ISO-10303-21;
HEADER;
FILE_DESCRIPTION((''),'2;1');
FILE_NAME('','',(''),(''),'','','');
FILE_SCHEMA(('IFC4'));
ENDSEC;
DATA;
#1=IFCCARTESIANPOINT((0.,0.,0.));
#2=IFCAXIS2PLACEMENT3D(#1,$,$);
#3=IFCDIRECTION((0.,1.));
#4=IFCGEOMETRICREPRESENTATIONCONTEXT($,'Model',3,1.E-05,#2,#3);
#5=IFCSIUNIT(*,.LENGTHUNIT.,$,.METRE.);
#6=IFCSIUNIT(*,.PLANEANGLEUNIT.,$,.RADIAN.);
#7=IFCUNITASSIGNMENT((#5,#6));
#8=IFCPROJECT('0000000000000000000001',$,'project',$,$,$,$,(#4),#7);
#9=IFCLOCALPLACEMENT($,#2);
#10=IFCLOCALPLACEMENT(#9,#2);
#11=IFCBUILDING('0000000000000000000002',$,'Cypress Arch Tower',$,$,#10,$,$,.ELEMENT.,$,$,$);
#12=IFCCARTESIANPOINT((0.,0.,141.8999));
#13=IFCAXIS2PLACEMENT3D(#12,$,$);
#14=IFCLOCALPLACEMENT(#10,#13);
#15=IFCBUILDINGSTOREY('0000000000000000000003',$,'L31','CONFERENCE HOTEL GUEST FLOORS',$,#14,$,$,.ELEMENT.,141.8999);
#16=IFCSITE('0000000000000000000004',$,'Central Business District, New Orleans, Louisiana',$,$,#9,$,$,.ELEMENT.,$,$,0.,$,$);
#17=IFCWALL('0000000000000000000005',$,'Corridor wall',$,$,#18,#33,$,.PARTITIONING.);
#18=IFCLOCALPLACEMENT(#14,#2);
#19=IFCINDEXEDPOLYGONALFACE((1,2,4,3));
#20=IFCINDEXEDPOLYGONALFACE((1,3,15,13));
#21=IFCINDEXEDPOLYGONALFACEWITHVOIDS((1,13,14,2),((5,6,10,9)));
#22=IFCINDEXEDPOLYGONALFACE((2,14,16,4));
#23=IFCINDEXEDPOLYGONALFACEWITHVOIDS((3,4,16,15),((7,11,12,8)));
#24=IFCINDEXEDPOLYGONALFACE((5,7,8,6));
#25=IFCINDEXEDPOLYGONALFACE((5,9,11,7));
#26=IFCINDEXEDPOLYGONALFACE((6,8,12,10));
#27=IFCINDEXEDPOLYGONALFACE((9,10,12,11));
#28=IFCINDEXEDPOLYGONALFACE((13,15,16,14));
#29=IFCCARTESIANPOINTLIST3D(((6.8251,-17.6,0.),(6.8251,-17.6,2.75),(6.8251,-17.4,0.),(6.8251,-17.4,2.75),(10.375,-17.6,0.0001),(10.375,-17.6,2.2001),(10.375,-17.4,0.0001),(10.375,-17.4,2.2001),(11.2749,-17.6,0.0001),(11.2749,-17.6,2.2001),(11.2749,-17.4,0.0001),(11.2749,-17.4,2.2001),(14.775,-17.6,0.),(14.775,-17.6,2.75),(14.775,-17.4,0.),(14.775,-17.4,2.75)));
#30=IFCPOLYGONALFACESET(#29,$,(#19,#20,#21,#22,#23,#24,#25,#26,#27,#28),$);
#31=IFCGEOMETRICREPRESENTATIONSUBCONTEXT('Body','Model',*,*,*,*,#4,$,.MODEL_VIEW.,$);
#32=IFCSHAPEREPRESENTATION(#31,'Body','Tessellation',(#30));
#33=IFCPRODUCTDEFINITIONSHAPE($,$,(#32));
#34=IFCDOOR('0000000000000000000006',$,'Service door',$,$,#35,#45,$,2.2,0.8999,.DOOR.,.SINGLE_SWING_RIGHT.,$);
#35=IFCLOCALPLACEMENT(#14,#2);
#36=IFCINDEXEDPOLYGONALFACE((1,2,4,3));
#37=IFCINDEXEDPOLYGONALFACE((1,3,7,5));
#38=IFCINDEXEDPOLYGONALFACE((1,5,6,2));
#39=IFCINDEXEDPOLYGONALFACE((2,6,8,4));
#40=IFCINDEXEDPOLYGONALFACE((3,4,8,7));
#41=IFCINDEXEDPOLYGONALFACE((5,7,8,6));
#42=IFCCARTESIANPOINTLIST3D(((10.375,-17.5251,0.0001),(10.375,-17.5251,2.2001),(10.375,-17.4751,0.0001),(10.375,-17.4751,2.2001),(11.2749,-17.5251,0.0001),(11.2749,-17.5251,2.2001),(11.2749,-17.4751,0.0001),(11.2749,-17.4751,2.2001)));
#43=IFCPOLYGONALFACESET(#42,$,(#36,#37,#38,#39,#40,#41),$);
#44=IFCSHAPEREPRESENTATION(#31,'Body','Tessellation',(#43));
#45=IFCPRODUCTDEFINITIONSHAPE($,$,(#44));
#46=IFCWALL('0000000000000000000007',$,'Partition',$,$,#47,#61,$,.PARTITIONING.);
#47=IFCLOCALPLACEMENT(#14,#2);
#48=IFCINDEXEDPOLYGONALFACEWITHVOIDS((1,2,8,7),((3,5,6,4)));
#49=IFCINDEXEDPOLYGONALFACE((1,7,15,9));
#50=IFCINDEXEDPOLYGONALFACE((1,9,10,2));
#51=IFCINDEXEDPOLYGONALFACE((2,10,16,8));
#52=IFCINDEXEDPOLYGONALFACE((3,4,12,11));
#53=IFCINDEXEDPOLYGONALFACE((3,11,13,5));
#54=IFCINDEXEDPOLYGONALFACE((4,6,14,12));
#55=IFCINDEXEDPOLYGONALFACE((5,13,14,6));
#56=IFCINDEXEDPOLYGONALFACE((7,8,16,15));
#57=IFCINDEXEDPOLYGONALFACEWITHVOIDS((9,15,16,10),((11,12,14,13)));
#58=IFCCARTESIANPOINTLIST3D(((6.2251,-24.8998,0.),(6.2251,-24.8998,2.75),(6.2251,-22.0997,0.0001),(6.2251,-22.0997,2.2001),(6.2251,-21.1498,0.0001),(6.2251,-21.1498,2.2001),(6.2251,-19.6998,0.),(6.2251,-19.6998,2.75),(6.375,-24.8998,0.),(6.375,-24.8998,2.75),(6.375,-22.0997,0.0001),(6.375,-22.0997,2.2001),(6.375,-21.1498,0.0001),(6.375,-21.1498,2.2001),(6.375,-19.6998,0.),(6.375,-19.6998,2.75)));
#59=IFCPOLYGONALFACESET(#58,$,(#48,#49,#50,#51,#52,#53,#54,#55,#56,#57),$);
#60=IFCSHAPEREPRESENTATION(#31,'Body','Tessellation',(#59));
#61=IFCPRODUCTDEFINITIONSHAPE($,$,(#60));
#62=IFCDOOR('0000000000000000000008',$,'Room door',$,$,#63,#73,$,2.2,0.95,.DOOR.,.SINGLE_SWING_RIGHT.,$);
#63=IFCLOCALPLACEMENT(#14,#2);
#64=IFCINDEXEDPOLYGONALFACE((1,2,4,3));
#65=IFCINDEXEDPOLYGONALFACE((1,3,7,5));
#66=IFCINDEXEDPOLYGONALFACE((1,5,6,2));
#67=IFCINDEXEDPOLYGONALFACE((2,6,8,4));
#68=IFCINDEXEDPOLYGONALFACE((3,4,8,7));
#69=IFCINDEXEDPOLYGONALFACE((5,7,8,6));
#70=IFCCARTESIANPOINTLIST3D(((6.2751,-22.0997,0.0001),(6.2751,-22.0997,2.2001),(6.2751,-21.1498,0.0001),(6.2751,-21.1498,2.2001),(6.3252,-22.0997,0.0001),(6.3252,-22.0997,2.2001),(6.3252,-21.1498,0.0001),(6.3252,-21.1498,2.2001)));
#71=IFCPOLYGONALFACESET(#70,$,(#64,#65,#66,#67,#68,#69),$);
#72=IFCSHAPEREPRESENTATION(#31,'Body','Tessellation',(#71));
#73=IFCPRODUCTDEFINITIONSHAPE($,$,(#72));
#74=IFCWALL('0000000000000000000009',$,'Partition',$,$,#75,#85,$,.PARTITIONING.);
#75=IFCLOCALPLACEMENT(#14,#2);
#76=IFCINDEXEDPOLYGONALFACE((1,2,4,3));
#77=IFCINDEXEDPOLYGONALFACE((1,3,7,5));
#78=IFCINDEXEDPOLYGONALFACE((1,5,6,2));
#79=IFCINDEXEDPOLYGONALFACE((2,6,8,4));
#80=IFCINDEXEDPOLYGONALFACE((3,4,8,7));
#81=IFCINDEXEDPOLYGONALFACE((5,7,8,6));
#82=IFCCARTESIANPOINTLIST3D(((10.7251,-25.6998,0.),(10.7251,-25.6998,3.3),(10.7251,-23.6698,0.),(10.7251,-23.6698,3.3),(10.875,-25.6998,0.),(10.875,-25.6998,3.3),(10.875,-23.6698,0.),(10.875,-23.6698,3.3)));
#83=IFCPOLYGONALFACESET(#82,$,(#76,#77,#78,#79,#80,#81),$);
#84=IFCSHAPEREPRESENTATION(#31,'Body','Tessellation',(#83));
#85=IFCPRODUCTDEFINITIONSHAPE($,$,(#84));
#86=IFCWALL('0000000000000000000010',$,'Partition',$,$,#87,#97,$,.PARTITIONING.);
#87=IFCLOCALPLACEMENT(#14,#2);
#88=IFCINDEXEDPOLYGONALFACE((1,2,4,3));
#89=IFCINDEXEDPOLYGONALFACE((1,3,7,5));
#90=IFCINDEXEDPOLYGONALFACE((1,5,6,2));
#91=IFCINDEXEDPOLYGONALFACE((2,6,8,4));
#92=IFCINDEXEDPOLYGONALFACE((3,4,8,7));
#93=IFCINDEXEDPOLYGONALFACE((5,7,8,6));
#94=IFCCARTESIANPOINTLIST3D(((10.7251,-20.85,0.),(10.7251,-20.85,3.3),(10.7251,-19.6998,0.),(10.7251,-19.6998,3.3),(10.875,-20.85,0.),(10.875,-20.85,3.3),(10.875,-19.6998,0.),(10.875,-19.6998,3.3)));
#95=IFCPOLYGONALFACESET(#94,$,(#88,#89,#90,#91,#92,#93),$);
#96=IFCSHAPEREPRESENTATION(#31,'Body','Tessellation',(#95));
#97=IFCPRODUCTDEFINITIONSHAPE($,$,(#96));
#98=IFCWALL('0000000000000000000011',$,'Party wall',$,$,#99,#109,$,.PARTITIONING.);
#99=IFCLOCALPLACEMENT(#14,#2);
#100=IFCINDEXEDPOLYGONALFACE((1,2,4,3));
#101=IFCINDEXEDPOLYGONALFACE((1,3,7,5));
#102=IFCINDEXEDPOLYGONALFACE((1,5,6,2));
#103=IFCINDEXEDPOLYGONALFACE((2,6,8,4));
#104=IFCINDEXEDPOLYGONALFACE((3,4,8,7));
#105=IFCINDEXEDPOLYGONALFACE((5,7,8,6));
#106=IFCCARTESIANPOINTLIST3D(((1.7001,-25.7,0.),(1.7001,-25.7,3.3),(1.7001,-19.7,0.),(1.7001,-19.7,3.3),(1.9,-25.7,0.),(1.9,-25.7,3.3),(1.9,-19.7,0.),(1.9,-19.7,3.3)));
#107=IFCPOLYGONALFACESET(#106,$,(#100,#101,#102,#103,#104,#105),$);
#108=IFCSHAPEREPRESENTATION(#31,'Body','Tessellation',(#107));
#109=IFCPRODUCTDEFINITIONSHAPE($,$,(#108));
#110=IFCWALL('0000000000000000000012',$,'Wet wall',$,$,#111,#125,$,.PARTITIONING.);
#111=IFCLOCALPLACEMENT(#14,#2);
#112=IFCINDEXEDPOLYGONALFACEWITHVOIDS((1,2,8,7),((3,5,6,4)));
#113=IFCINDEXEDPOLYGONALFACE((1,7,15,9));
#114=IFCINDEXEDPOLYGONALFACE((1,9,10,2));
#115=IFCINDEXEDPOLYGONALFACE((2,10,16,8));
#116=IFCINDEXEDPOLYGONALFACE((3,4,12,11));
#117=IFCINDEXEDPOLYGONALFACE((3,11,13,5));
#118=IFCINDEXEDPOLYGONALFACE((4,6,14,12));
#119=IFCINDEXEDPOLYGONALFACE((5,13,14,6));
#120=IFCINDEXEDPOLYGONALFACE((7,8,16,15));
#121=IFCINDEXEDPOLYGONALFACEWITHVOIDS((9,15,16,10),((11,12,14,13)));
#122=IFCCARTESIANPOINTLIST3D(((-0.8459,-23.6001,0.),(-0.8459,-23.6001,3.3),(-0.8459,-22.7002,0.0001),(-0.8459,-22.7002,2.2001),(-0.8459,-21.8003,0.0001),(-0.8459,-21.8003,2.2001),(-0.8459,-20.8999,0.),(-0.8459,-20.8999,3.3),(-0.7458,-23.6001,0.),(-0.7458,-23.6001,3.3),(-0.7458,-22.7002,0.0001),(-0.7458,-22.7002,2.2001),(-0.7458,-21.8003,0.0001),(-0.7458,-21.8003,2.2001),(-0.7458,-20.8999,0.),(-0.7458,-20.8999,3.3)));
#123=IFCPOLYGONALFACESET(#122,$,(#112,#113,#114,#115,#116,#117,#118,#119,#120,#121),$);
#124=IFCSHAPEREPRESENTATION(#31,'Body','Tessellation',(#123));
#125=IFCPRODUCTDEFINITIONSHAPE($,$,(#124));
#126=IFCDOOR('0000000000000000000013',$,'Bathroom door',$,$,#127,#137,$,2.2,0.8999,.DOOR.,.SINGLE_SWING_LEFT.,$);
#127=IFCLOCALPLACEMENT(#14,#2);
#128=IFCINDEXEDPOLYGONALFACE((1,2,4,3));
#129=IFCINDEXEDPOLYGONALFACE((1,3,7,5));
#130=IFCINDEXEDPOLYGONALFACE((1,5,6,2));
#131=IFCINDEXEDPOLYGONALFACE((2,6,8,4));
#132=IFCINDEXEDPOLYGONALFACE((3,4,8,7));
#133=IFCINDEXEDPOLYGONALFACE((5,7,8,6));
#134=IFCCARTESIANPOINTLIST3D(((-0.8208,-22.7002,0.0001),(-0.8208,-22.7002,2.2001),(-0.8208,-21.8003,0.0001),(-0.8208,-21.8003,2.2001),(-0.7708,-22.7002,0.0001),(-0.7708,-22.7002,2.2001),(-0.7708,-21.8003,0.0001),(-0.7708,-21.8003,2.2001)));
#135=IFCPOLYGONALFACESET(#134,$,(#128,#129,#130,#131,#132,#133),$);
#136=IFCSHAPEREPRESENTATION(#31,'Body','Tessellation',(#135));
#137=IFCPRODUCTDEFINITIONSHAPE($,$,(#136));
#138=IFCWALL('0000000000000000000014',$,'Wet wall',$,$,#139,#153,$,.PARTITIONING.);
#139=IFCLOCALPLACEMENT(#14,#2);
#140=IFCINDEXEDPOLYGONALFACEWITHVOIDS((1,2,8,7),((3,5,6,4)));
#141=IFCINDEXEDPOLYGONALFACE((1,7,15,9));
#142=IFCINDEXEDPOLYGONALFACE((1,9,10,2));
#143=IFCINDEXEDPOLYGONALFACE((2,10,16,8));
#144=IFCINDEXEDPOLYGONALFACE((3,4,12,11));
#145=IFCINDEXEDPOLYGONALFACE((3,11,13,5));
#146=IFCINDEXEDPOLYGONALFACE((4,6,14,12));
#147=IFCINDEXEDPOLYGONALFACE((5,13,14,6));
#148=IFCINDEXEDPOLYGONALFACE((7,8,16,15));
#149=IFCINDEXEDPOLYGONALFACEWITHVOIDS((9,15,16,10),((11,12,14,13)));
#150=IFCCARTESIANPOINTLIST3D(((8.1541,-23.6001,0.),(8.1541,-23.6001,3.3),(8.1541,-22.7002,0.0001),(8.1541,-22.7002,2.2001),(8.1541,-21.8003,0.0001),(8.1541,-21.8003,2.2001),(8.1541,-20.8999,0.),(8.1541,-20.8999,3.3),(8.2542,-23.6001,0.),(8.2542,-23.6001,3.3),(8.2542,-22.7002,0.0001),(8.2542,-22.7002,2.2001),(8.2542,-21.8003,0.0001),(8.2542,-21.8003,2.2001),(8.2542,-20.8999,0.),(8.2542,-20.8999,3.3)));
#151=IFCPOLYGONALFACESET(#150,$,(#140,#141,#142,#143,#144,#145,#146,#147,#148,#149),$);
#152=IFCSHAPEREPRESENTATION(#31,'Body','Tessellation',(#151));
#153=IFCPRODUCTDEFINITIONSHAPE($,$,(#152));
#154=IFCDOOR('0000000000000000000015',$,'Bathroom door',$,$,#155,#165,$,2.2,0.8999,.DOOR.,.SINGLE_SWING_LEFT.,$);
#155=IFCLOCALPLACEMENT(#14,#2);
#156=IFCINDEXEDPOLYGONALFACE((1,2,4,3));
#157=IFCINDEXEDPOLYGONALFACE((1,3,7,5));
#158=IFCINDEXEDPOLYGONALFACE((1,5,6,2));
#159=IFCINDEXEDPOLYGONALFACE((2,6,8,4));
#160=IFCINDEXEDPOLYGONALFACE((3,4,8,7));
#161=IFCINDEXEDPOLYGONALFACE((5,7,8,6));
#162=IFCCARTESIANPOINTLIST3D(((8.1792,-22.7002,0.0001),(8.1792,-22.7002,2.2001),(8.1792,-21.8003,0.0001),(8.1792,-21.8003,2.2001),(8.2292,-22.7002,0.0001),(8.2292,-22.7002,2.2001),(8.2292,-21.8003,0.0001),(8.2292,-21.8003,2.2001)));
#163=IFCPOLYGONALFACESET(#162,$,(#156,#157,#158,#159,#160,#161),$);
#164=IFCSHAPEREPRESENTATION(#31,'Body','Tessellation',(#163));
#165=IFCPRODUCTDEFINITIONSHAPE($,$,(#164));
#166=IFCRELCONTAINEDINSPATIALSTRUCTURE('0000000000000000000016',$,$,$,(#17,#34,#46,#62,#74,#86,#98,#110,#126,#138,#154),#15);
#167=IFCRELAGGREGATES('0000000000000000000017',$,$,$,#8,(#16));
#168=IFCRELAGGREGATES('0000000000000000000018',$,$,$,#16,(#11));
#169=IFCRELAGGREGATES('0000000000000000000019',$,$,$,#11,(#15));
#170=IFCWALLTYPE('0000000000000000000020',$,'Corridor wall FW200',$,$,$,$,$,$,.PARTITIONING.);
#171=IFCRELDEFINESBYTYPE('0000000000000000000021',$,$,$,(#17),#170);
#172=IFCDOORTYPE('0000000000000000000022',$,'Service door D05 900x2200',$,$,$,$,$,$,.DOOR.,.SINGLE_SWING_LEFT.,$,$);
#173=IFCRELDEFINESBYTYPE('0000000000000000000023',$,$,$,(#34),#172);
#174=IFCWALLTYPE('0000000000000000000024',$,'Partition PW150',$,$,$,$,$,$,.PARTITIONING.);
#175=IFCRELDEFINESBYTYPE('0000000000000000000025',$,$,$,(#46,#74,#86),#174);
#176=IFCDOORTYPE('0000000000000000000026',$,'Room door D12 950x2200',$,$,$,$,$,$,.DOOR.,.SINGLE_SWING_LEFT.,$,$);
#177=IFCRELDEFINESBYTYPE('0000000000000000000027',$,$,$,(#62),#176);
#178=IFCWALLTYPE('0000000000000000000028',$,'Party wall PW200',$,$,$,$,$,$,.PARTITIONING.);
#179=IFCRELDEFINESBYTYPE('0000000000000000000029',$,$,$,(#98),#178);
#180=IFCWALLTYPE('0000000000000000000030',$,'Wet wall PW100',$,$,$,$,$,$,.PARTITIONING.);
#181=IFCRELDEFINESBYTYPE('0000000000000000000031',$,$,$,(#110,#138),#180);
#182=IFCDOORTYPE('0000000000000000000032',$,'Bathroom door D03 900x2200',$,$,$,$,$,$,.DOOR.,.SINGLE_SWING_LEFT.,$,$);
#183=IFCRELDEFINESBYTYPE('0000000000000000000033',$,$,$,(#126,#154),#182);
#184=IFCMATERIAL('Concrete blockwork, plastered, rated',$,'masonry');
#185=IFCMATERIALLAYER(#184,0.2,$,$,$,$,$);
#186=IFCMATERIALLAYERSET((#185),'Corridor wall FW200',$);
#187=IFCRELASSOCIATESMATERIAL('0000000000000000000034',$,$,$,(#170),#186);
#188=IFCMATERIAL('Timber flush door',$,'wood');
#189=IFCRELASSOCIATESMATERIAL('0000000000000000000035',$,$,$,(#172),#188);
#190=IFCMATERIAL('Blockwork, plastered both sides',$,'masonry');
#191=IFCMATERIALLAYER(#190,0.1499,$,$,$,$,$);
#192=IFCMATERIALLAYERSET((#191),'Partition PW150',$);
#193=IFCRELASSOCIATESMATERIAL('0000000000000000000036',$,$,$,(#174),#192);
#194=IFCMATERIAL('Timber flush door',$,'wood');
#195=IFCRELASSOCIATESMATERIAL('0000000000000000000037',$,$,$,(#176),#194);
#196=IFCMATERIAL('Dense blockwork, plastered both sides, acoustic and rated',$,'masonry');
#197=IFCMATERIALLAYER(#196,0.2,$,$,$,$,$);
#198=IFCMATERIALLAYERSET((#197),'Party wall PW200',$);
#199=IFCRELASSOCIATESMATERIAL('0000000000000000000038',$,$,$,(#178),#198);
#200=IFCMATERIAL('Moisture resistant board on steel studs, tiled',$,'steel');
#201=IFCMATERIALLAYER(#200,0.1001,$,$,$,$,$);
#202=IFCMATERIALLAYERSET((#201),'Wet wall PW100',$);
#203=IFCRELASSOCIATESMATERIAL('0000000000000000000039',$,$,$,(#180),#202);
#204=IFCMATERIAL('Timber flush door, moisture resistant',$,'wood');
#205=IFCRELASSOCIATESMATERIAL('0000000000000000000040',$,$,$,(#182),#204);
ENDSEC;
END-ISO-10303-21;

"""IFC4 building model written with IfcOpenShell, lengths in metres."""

from ifc_helpers import new_model, si_unit, direction, frame, frame_2d, origin, place, context, subcontext, project, spatial, rectangle, extrude, material, layer, layer_set, type_object, element, fill, save


model = new_model("IFC4")

# Units and contexts
model_context = context("Model", 3, precision=1e-05, world=origin(), true_north=direction((0.0, 1.0)))
body_context = subcontext(model_context, "Body", "Model", "MODEL_VIEW")
ifc_project = project(units=[si_unit("LENGTHUNIT", "METRE"), si_unit("PLANEANGLEUNIT", "RADIAN")], contexts=[model_context])

# Site, building, storey
site_placement = place(None, origin())
site = spatial("IfcSite", under=ifc_project, at=site_placement, Name="Central Business District, New Orleans, Louisiana", CompositionType="ELEMENT", RefElevation=0.0)
building_placement = place(site_placement, origin())
building = spatial("IfcBuilding", under=site, at=building_placement, Name="Cypress Arch Tower", CompositionType="ELEMENT")
storey_placement = place(building_placement, frame((0.0, 0.0, 141.8999)))
storey = spatial("IfcBuildingStorey", under=building, at=storey_placement, Name="L31", Description="CONFERENCE HOTEL GUEST FLOORS", CompositionType="ELEMENT", Elevation=141.8999)

# Walls, openings, doors
ifc_material_1 = material(Name="Concrete blockwork, plastered, rated", Category="masonry")
ifc_layer_1 = layer(ifc_material_1, 0.2)
ifc_layer_set_1 = layer_set([ifc_layer_1], Name="Corridor wall FW200")
wall_type_1 = type_object("IfcWallType", Name="Corridor wall FW200", PredefinedType="PARTITIONING", material=ifc_layer_set_1)
wall_1_placement = place(storey_placement, frame((6.825, -17.5, 0.0), z_axis=(0.0, 0.0, 1.0), x_axis=(1.0, 0.0, 0.0)))
wall_1 = element("IfcWall", 1, at=wall_1_placement, inside=storey, type_object=wall_type_1, Name="Corridor wall", PredefinedType="PARTITIONING", context=body_context, shape_type="SweptSolid", body=[
    extrude(rectangle(XDim=7.95, YDim=0.2, at=frame_2d((3.9751, 0.0))), origin(), (0.0, 0.0, 1.0), 2.75),
])
opening_1_placement = place(wall_1_placement, frame((3.55, 0.0, 0.0)))
opening_1 = element("IfcOpeningElement", 2, at=opening_1_placement, cuts=wall_1, PredefinedType="OPENING", context=body_context, shape_type="SweptSolid", body=[
    extrude(rectangle(XDim=0.8999, YDim=2.2, at=frame_2d((0.45, 1.1001))), frame((0.0, 0.1099, 0.0), z_axis=(0.0, -1.0, 0.0), x_axis=(1.0, 0.0, 0.0)), (0.0, 0.0, 1.0), 0.22),
])
ifc_material_2 = material(Name="Timber flush door", Category="wood")
door_type_1 = type_object("IfcDoorType", Name="Service door D05 900x2200", OperationType="SINGLE_SWING_LEFT", PredefinedType="DOOR", material=ifc_material_2)
door_1_placement = place(opening_1_placement, origin())
door_1 = element("IfcDoor", 3, at=door_1_placement, inside=storey, type_object=door_type_1, Name="Service door", OperationType="SINGLE_SWING_RIGHT", OverallHeight=2.2, OverallWidth=0.8999, PredefinedType="DOOR", context=body_context, shape_type="SweptSolid", body=[
    extrude(rectangle(XDim=0.8999, YDim=2.2, at=frame_2d((0.45, 1.1001))), frame((0.0, 0.0249, 0.0), z_axis=(0.0, -1.0, 0.0), x_axis=(1.0, 0.0, 0.0)), (0.0, 0.0, 1.0), 0.05),
])
fill(opening_1, door_1)
ifc_material_3 = material(Name="Blockwork, plastered both sides", Category="masonry")
ifc_layer_2 = layer(ifc_material_3, 0.1499)
ifc_layer_set_2 = layer_set([ifc_layer_2], Name="Partition PW150")
wall_type_2 = type_object("IfcWallType", Name="Partition PW150", PredefinedType="PARTITIONING", material=ifc_layer_set_2)
wall_2_placement = place(storey_placement, frame((6.3, -24.8999, 0.0), z_axis=(0.0, 0.0, 1.0), x_axis=(0.0, 1.0, 0.0)))
wall_2 = element("IfcWall", 4, at=wall_2_placement, inside=storey, type_object=wall_type_2, Name="Partition", PredefinedType="PARTITIONING", context=body_context, shape_type="SweptSolid", body=[
    extrude(rectangle(XDim=5.2, YDim=0.1499, at=frame_2d((2.6001, 0.0))), origin(), (0.0, 0.0, 1.0), 2.75),
])
opening_2_placement = place(wall_2_placement, frame((2.8, 0.0, 0.0)))
opening_2 = element("IfcOpeningElement", 5, at=opening_2_placement, cuts=wall_2, PredefinedType="OPENING", context=body_context, shape_type="SweptSolid", body=[
    extrude(rectangle(XDim=0.95, YDim=2.2, at=frame_2d((0.4751, 1.1001))), frame((0.0, 0.085, 0.0), z_axis=(0.0, -1.0, 0.0), x_axis=(1.0, 0.0, 0.0)), (0.0, 0.0, 1.0), 0.1699),
])
ifc_material_4 = material(Name="Timber flush door", Category="wood")
door_type_2 = type_object("IfcDoorType", Name="Room door D12 950x2200", OperationType="SINGLE_SWING_LEFT", PredefinedType="DOOR", material=ifc_material_4)
door_2_placement = place(opening_2_placement, origin())
door_2 = element("IfcDoor", 6, at=door_2_placement, inside=storey, type_object=door_type_2, Name="Room door", OperationType="SINGLE_SWING_RIGHT", OverallHeight=2.2, OverallWidth=0.95, PredefinedType="DOOR", context=body_context, shape_type="SweptSolid", body=[
    extrude(rectangle(XDim=0.95, YDim=2.2, at=frame_2d((0.4751, 1.1001))), frame((0.0, 0.0249, 0.0), z_axis=(0.0, -1.0, 0.0), x_axis=(1.0, 0.0, 0.0)), (0.0, 0.0, 1.0), 0.05),
])
fill(opening_2, door_2)

# Walls
wall_3_placement = place(storey_placement, frame((10.8, -25.7, 0.0), z_axis=(0.0, 0.0, 1.0), x_axis=(0.0, 1.0, 0.0)))
element("IfcWall", 7, at=wall_3_placement, inside=storey, type_object=wall_type_2, Name="Partition", PredefinedType="PARTITIONING", context=body_context, shape_type="SweptSolid", body=[
    extrude(rectangle(XDim=2.03, YDim=0.1499, at=frame_2d((1.0151, 0.0))), origin(), (0.0, 0.0, 1.0), 3.3),
])
wall_4_placement = place(storey_placement, frame((10.8, -20.8501, 0.0), z_axis=(0.0, 0.0, 1.0), x_axis=(0.0, 1.0, 0.0)))
element("IfcWall", 8, at=wall_4_placement, inside=storey, type_object=wall_type_2, Name="Partition", PredefinedType="PARTITIONING", context=body_context, shape_type="SweptSolid", body=[
    extrude(rectangle(XDim=1.1501, YDim=0.1499, at=frame_2d((0.5752, 0.0))), origin(), (0.0, 0.0, 1.0), 3.3),
])
ifc_material_5 = material(Name="Dense blockwork, plastered both sides, acoustic and rated", Category="masonry")
ifc_layer_3 = layer(ifc_material_5, 0.2)
ifc_layer_set_3 = layer_set([ifc_layer_3], Name="Party wall PW200")
wall_type_3 = type_object("IfcWallType", Name="Party wall PW200", PredefinedType="PARTITIONING", material=ifc_layer_set_3)
wall_5_placement = place(storey_placement, frame((1.8, -25.7, 0.0), z_axis=(0.0, 0.0, 1.0), x_axis=(0.0, 1.0, 0.0)))
element("IfcWall", 9, at=wall_5_placement, inside=storey, type_object=wall_type_3, Name="Party wall", PredefinedType="PARTITIONING", context=body_context, shape_type="SweptSolid", body=[
    extrude(rectangle(XDim=6.0, YDim=0.2, at=frame_2d((3.0, 0.0))), origin(), (0.0, 0.0, 1.0), 3.3),
])

# Walls, openings, doors
ifc_material_6 = material(Name="Moisture resistant board on steel studs, tiled", Category="steel")
ifc_layer_4 = layer(ifc_material_6, 0.1001)
ifc_layer_set_4 = layer_set([ifc_layer_4], Name="Wet wall PW100")
wall_type_4 = type_object("IfcWallType", Name="Wet wall PW100", PredefinedType="PARTITIONING", material=ifc_layer_set_4)
wall_6_placement = place(storey_placement, frame((-0.7959, -23.6001, 0.0), z_axis=(0.0, 0.0, 1.0), x_axis=(0.0, 1.0, 0.0)))
wall_6 = element("IfcWall", 10, at=wall_6_placement, inside=storey, type_object=wall_type_4, Name="Wet wall", PredefinedType="PARTITIONING", context=body_context, shape_type="SweptSolid", body=[
    extrude(rectangle(XDim=2.7002, YDim=0.1001, at=frame_2d((1.3501, 0.0))), origin(), (0.0, 0.0, 1.0), 3.3),
])
opening_3_placement = place(wall_6_placement, frame((0.8999, 0.0, 0.0)))
opening_3 = element("IfcOpeningElement", 11, at=opening_3_placement, cuts=wall_6, PredefinedType="OPENING", context=body_context, shape_type="SweptSolid", body=[
    extrude(rectangle(XDim=0.8999, YDim=2.2, at=frame_2d((0.45, 1.1001))), frame((0.0, 0.0601, 0.0), z_axis=(0.0, -1.0, 0.0), x_axis=(1.0, 0.0, 0.0)), (0.0, 0.0, 1.0), 0.1201),
])
ifc_material_7 = material(Name="Timber flush door, moisture resistant", Category="wood")
door_type_3 = type_object("IfcDoorType", Name="Bathroom door D03 900x2200", OperationType="SINGLE_SWING_LEFT", PredefinedType="DOOR", material=ifc_material_7)
door_3_placement = place(opening_3_placement, origin())
door_3 = element("IfcDoor", 12, at=door_3_placement, inside=storey, type_object=door_type_3, Name="Bathroom door", OperationType="SINGLE_SWING_LEFT", OverallHeight=2.2, OverallWidth=0.8999, PredefinedType="DOOR", context=body_context, shape_type="SweptSolid", body=[
    extrude(rectangle(XDim=0.8999, YDim=2.2, at=frame_2d((0.45, 1.1001))), frame((0.0, 0.0249, 0.0), z_axis=(0.0, -1.0, 0.0), x_axis=(1.0, 0.0, 0.0)), (0.0, 0.0, 1.0), 0.05),
])
fill(opening_3, door_3)
wall_7_placement = place(storey_placement, frame((8.2041, -23.6001, 0.0), z_axis=(0.0, 0.0, 1.0), x_axis=(0.0, 1.0, 0.0)))
wall_7 = element("IfcWall", 13, at=wall_7_placement, inside=storey, type_object=wall_type_4, Name="Wet wall", PredefinedType="PARTITIONING", context=body_context, shape_type="SweptSolid", body=[
    extrude(rectangle(XDim=2.7002, YDim=0.1001, at=frame_2d((1.3501, 0.0))), origin(), (0.0, 0.0, 1.0), 3.3),
])
opening_4_placement = place(wall_7_placement, frame((0.8999, 0.0, 0.0)))
opening_4 = element("IfcOpeningElement", 14, at=opening_4_placement, cuts=wall_7, PredefinedType="OPENING", context=body_context, shape_type="SweptSolid", body=[
    extrude(rectangle(XDim=0.8999, YDim=2.2, at=frame_2d((0.45, 1.1001))), frame((0.0, 0.0601, 0.0), z_axis=(0.0, -1.0, 0.0), x_axis=(1.0, 0.0, 0.0)), (0.0, 0.0, 1.0), 0.1201),
])
door_4_placement = place(opening_4_placement, origin())
door_4 = element("IfcDoor", 15, at=door_4_placement, inside=storey, type_object=door_type_3, Name="Bathroom door", OperationType="SINGLE_SWING_LEFT", OverallHeight=2.2, OverallWidth=0.8999, PredefinedType="DOOR", context=body_context, shape_type="SweptSolid", body=[
    extrude(rectangle(XDim=0.8999, YDim=2.2, at=frame_2d((0.45, 1.1001))), frame((0.0, 0.0249, 0.0), z_axis=(0.0, -1.0, 0.0), x_axis=(1.0, 0.0, 0.0)), (0.0, 0.0, 1.0), 0.05),
])
fill(opening_4, door_4)

save(model, "model.ifc")
